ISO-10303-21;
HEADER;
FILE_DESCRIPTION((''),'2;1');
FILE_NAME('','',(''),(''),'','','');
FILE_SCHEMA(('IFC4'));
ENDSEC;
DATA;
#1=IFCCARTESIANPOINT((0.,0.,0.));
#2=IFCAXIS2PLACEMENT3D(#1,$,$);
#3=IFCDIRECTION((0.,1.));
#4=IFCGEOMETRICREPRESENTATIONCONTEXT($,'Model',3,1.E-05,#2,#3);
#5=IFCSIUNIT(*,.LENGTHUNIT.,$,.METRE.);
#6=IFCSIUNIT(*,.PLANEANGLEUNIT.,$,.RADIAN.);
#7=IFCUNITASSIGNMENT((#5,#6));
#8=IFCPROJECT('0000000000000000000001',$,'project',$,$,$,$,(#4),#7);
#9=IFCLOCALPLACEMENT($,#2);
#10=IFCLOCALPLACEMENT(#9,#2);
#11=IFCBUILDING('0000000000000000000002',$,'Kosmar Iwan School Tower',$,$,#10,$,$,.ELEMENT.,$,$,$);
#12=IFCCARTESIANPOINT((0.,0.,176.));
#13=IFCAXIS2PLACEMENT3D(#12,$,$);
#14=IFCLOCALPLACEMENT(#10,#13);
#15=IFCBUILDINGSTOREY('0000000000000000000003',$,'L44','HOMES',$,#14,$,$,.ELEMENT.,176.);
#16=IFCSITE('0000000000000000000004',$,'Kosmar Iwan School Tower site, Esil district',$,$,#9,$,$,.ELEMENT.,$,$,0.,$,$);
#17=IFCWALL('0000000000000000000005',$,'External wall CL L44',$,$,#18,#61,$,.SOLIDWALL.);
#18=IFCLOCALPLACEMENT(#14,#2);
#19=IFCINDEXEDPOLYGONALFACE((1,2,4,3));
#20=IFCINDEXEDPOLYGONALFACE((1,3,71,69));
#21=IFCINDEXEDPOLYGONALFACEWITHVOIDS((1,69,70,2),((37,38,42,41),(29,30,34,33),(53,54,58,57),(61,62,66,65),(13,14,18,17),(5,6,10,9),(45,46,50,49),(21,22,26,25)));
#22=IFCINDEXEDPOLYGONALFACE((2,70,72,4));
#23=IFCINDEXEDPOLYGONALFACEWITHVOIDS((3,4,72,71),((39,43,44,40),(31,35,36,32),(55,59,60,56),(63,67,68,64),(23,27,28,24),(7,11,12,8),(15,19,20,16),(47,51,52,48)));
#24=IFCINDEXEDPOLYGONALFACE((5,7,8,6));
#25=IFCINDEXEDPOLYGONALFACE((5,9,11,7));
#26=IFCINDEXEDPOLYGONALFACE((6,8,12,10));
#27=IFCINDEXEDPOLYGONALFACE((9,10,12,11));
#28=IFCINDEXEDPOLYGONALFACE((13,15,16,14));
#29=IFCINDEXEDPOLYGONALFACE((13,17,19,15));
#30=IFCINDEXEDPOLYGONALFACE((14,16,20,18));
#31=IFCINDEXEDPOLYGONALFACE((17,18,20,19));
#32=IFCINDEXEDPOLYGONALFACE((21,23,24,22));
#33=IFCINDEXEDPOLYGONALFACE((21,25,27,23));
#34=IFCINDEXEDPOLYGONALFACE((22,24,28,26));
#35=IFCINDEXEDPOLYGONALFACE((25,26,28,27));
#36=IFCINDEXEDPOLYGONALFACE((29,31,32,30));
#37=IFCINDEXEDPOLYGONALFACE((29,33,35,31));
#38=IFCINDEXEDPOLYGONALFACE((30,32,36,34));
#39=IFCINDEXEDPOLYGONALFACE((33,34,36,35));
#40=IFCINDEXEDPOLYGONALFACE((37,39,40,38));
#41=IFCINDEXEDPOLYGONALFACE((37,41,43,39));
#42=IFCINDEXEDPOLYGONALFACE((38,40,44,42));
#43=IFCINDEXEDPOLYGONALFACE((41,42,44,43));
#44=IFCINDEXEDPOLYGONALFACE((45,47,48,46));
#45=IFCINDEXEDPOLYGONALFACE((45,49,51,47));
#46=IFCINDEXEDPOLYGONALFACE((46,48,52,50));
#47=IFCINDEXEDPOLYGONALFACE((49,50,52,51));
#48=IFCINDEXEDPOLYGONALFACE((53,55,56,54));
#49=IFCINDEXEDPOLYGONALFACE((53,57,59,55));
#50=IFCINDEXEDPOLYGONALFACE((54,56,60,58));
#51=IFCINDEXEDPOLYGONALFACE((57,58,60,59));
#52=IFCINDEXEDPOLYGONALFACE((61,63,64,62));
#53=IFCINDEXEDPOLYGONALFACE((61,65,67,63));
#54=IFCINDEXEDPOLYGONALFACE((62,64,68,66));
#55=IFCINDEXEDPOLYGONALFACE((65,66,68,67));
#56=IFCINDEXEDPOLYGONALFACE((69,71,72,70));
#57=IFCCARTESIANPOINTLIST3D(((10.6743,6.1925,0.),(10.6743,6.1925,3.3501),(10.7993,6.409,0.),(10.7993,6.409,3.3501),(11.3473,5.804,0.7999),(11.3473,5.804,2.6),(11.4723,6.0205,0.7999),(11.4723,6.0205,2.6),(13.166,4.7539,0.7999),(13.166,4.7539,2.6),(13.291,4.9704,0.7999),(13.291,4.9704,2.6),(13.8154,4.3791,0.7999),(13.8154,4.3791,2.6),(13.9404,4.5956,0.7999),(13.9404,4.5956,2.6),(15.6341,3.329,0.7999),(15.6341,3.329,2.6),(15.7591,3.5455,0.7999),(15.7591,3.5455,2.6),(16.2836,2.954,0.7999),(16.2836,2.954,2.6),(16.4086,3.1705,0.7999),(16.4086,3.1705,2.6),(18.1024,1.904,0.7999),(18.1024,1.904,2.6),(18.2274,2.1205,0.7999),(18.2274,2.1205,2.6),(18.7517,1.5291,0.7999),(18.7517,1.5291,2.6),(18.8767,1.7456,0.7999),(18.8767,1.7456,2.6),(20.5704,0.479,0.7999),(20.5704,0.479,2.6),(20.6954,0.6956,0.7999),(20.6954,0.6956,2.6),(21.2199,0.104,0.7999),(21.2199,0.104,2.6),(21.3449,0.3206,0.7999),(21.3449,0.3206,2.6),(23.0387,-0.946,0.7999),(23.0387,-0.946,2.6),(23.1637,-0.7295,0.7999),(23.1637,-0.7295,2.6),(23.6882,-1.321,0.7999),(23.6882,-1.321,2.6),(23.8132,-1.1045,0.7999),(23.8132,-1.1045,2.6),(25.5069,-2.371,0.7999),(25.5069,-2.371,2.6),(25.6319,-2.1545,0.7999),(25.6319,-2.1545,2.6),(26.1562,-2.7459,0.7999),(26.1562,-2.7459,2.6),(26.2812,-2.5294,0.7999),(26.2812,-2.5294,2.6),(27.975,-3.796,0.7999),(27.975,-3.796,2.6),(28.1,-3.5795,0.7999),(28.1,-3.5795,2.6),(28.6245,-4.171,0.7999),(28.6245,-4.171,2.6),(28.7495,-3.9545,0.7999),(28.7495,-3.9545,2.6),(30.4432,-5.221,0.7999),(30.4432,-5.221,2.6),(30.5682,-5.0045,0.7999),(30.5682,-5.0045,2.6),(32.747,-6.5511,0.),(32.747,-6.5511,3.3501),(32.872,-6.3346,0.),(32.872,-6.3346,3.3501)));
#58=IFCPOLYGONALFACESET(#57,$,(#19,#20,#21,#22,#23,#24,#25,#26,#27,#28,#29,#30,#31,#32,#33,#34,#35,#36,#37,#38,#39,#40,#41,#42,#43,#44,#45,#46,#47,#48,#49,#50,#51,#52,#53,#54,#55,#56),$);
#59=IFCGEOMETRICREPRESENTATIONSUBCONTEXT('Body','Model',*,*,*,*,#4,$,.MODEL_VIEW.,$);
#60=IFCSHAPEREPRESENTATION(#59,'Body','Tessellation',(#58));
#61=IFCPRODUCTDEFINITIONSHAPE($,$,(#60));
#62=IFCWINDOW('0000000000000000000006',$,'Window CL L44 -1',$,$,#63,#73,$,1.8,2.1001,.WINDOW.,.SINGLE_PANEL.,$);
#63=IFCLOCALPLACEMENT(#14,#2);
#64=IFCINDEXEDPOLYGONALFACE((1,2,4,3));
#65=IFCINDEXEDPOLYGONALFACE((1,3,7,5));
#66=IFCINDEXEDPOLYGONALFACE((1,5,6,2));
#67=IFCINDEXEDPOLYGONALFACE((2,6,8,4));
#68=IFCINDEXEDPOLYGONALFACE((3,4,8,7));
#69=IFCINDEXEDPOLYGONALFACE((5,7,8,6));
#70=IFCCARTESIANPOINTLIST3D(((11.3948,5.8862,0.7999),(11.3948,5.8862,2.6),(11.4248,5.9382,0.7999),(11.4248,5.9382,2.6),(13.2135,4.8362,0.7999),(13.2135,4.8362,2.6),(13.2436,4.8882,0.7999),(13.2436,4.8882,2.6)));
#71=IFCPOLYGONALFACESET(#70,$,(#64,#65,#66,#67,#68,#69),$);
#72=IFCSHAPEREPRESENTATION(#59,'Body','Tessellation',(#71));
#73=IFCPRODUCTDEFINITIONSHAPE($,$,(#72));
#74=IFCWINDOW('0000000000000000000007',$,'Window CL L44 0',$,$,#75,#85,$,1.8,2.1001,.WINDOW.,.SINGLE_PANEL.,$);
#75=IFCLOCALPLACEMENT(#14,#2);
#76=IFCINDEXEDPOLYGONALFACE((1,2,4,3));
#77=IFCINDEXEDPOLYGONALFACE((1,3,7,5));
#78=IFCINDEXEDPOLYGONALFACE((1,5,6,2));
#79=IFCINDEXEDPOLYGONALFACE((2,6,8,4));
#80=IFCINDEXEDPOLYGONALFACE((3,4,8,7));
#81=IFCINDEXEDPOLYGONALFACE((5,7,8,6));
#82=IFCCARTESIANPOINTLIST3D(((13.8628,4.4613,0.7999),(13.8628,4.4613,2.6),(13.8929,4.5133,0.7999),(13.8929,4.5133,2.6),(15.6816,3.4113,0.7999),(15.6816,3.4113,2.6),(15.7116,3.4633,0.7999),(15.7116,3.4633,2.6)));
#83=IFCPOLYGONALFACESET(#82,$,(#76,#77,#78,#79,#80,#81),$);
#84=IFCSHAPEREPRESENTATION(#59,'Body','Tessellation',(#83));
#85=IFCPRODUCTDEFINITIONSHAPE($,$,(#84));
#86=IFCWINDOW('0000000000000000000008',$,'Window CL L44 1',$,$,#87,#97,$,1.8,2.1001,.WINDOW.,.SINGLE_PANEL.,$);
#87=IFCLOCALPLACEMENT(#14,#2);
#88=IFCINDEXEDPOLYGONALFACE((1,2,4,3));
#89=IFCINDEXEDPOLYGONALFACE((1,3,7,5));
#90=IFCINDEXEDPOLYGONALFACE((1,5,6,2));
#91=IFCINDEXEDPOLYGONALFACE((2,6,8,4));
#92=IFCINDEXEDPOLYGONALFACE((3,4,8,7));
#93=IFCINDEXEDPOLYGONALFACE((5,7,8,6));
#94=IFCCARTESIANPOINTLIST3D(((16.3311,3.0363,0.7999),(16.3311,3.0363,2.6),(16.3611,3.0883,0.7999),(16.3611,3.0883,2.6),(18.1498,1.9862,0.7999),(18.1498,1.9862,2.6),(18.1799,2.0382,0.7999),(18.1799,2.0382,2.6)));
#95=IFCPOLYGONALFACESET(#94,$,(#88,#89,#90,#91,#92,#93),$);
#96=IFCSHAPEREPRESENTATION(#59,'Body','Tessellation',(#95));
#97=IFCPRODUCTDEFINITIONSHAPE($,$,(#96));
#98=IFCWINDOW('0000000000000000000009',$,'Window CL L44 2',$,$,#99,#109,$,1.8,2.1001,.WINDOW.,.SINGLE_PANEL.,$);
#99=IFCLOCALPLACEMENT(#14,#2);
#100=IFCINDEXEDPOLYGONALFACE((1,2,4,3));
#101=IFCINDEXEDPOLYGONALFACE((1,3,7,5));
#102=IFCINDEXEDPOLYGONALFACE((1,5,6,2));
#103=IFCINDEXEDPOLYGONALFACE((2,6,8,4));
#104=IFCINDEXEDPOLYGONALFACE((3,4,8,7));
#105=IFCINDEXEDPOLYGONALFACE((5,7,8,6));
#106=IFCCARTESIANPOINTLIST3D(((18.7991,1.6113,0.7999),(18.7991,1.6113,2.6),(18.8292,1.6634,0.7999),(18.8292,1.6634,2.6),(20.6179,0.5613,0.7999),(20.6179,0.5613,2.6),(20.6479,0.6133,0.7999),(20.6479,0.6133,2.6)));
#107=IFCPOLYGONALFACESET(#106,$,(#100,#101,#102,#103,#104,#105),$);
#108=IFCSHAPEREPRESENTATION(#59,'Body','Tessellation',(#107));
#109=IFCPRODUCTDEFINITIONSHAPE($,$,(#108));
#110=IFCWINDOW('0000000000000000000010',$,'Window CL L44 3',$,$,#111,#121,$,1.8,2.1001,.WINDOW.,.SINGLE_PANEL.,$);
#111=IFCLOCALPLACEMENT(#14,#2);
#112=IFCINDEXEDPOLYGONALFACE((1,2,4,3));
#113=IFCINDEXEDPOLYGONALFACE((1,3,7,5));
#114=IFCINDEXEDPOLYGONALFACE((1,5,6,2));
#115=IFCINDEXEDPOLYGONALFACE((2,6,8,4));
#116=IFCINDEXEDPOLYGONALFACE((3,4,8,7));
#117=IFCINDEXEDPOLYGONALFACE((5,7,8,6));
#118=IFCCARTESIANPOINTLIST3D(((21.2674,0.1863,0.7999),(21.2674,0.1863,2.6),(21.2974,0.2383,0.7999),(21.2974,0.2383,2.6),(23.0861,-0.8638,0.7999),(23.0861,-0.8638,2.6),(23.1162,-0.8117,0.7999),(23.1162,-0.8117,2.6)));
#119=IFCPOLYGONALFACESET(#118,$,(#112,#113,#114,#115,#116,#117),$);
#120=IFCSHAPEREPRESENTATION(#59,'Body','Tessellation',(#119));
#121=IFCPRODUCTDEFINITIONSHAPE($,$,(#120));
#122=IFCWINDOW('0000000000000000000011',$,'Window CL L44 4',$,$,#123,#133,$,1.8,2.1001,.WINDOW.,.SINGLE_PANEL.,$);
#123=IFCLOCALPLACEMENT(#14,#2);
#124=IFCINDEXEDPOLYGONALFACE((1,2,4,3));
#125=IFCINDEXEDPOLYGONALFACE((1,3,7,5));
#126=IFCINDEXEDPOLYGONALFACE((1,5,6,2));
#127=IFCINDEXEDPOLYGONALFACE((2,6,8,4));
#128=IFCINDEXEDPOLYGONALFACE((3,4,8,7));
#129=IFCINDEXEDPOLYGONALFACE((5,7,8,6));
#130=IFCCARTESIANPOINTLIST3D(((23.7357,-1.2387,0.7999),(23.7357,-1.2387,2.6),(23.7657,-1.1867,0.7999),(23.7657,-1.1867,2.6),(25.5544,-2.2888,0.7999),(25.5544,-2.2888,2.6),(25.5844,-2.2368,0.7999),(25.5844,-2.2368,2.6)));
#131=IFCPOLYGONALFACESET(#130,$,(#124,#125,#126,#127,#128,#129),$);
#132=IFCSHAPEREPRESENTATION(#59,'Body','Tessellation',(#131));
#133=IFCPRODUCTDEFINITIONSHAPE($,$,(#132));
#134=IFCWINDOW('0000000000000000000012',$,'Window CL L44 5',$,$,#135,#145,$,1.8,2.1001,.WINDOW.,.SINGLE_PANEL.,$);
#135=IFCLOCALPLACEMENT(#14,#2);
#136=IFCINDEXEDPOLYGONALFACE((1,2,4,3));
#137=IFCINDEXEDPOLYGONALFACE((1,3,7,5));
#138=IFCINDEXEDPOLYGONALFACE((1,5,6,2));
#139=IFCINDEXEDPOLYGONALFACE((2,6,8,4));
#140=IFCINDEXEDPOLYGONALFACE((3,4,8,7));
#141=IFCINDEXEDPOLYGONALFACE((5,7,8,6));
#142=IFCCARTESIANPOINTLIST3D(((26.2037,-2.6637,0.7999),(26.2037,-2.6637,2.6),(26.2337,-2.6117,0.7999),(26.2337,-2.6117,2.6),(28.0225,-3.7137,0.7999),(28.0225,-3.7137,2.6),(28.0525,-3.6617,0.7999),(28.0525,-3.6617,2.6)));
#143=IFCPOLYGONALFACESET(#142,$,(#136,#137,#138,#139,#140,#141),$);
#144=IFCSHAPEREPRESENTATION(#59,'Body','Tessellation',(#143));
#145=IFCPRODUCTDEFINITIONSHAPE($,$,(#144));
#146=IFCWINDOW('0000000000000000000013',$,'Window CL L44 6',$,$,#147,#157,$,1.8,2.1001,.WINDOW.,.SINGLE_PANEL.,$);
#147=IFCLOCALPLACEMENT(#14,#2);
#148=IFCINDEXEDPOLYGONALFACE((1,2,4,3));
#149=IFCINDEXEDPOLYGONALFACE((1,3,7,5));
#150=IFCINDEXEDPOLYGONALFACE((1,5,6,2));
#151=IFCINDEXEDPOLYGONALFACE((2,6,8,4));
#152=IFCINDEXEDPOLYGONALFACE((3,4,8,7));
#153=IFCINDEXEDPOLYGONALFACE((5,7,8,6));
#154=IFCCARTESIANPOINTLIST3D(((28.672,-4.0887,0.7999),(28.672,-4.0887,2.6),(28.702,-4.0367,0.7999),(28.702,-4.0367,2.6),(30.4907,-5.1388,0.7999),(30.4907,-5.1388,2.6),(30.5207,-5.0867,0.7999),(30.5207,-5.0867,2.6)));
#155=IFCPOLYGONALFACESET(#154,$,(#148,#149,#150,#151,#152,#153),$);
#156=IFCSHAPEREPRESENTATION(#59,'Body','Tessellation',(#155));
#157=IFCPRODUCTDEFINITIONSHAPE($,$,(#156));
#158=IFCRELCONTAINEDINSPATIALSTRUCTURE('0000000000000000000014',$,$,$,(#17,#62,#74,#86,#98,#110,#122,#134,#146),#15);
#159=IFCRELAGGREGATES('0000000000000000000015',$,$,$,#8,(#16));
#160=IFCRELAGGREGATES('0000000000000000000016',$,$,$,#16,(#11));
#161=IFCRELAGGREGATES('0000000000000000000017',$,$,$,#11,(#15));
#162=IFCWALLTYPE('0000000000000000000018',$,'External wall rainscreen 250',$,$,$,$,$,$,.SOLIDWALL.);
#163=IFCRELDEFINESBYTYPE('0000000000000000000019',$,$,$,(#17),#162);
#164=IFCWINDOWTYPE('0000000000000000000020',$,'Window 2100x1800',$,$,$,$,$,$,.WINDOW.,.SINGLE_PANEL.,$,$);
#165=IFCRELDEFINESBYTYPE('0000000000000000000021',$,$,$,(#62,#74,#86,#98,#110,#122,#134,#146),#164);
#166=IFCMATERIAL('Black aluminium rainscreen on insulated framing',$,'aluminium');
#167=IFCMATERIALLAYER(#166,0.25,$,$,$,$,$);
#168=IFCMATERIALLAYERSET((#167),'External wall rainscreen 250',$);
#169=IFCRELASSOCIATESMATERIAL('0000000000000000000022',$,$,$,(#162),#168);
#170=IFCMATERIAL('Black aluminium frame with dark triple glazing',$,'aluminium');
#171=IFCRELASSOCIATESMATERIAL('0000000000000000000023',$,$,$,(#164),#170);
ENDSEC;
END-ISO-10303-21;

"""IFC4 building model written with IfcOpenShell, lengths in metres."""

from ifc_helpers import new_model, si_unit, direction, frame, frame_2d, origin, place, context, subcontext, project, spatial, rectangle, extrude, material, layer, layer_set, type_object, element, fill, save


model = new_model("IFC4")

# Units and contexts
model_context = context("Model", 3, precision=1e-05, world=origin(), true_north=direction((0.0, 1.0)))
body_context = subcontext(model_context, "Body", "Model", "MODEL_VIEW")
ifc_project = project(units=[si_unit("LENGTHUNIT", "METRE"), si_unit("PLANEANGLEUNIT", "RADIAN")], contexts=[model_context])

# Site, building, storey
site_placement = place(None, origin())
site = spatial("IfcSite", under=ifc_project, at=site_placement, Name="Kosmar Iwan School Tower site, Esil district", CompositionType="ELEMENT", RefElevation=0.0)
building_placement = place(site_placement, origin())
building = spatial("IfcBuilding", under=site, at=building_placement, Name="Kosmar Iwan School Tower", CompositionType="ELEMENT")
storey_placement = place(building_placement, frame((0.0, 0.0, 176.0)))
storey = spatial("IfcBuildingStorey", under=building, at=storey_placement, Name="L44", Description="HOMES", CompositionType="ELEMENT", Elevation=176.0)

# Wall, openings, windows
ifc_material_1 = material(Name="Black aluminium rainscreen on insulated framing", Category="aluminium")
ifc_layer = layer(ifc_material_1, 0.25)
ifc_layer_set = layer_set([ifc_layer], Name="External wall rainscreen 250")
wall_type = type_object("IfcWallType", Name="External wall rainscreen 250", PredefinedType="SOLIDWALL", material=ifc_layer_set)
wall_1_placement = place(storey_placement, frame((10.7368, 6.3008, 0.0), z_axis=(0.0, 0.0, 1.0), x_axis=(0.866026, -0.499998, 0.0)))
wall_1 = element("IfcWall", 1, at=wall_1_placement, inside=storey, type_object=wall_type, Name="External wall CL L44", PredefinedType="SOLIDWALL", context=body_context, shape_type="SweptSolid", body=[
    extrude(rectangle(XDim=25.4873, YDim=0.25, at=frame_2d((12.7437, 0.0))), origin(), (0.0, 0.0, 1.0), 3.3501),
])
opening_1_placement = place(wall_1_placement, frame((0.7771, 0.0, 0.8)))
opening_1 = element("IfcOpeningElement", 2, at=opening_1_placement, cuts=wall_1, PredefinedType="OPENING", context=body_context, shape_type="SweptSolid", body=[
    extrude(rectangle(XDim=2.1001, YDim=1.8, at=frame_2d((1.05, 0.8999))), frame((0.0, 0.137, 0.0), z_axis=(0.0, -1.0, 0.0), x_axis=(1.0, 0.0, 0.0)), (0.0, 0.0, 1.0), 0.2739),
])
opening_2_placement = place(wall_1_placement, frame((3.627, 0.0, 0.8)))
opening_2 = element("IfcOpeningElement", 3, at=opening_2_placement, cuts=wall_1, PredefinedType="OPENING", context=body_context, shape_type="SweptSolid", body=[
    extrude(rectangle(XDim=2.1001, YDim=1.8, at=frame_2d((1.05, 0.8999))), frame((0.0, 0.137, 0.0), z_axis=(0.0, -1.0, 0.0), x_axis=(1.0, 0.0, 0.0)), (0.0, 0.0, 1.0), 0.2739),
])
opening_3_placement = place(wall_1_placement, frame((6.4771, 0.0, 0.8)))
opening_3 = element("IfcOpeningElement", 4, at=opening_3_placement, cuts=wall_1, PredefinedType="OPENING", context=body_context, shape_type="SweptSolid", body=[
    extrude(rectangle(XDim=2.1001, YDim=1.8, at=frame_2d((1.05, 0.8999))), frame((0.0, 0.137, 0.0), z_axis=(0.0, -1.0, 0.0), x_axis=(1.0, 0.0, 0.0)), (0.0, 0.0, 1.0), 0.2739),
])
opening_4_placement = place(wall_1_placement, frame((9.3269, 0.0, 0.8)))
opening_4 = element("IfcOpeningElement", 5, at=opening_4_placement, cuts=wall_1, PredefinedType="OPENING", context=body_context, shape_type="SweptSolid", body=[
    extrude(rectangle(XDim=2.1001, YDim=1.8, at=frame_2d((1.05, 0.8999))), frame((0.0, 0.137, 0.0), z_axis=(0.0, -1.0, 0.0), x_axis=(1.0, 0.0, 0.0)), (0.0, 0.0, 1.0), 0.2739),
])
opening_5_placement = place(wall_1_placement, frame((12.177, 0.0, 0.8)))
opening_5 = element("IfcOpeningElement", 6, at=opening_5_placement, cuts=wall_1, PredefinedType="OPENING", context=body_context, shape_type="SweptSolid", body=[
    extrude(rectangle(XDim=2.1001, YDim=1.8, at=frame_2d((1.05, 0.8999))), frame((0.0, 0.137, 0.0), z_axis=(0.0, -1.0, 0.0), x_axis=(1.0, 0.0, 0.0)), (0.0, 0.0, 1.0), 0.2739),
])
opening_6_placement = place(wall_1_placement, frame((15.0271, 0.0, 0.8)))
opening_6 = element("IfcOpeningElement", 7, at=opening_6_placement, cuts=wall_1, PredefinedType="OPENING", context=body_context, shape_type="SweptSolid", body=[
    extrude(rectangle(XDim=2.1001, YDim=1.8, at=frame_2d((1.05, 0.8999))), frame((0.0, 0.137, 0.0), z_axis=(0.0, -1.0, 0.0), x_axis=(1.0, 0.0, 0.0)), (0.0, 0.0, 1.0), 0.2739),
])
opening_7_placement = place(wall_1_placement, frame((17.877, 0.0, 0.8)))
opening_7 = element("IfcOpeningElement", 8, at=opening_7_placement, cuts=wall_1, PredefinedType="OPENING", context=body_context, shape_type="SweptSolid", body=[
    extrude(rectangle(XDim=2.1001, YDim=1.8, at=frame_2d((1.05, 0.8999))), frame((0.0, 0.137, 0.0), z_axis=(0.0, -1.0, 0.0), x_axis=(1.0, 0.0, 0.0)), (0.0, 0.0, 1.0), 0.2739),
])
opening_8_placement = place(wall_1_placement, frame((20.7271, 0.0, 0.8)))
opening_8 = element("IfcOpeningElement", 9, at=opening_8_placement, cuts=wall_1, PredefinedType="OPENING", context=body_context, shape_type="SweptSolid", body=[
    extrude(rectangle(XDim=2.1001, YDim=1.8, at=frame_2d((1.05, 0.8999))), frame((0.0, 0.137, 0.0), z_axis=(0.0, -1.0, 0.0), x_axis=(1.0, 0.0, 0.0)), (0.0, 0.0, 1.0), 0.2739),
])
ifc_material_2 = material(Name="Black aluminium frame with dark triple glazing", Category="aluminium")
window_type = type_object("IfcWindowType", Name="Window 2100x1800", PartitioningType="SINGLE_PANEL", PredefinedType="WINDOW", material=ifc_material_2)
window_1_placement = place(opening_1_placement, origin())
window_1 = element("IfcWindow", 10, at=window_1_placement, inside=storey, type_object=window_type, Name="Window CL L44 -1", OverallHeight=1.8, OverallWidth=2.1001, PartitioningType="SINGLE_PANEL", PredefinedType="WINDOW", context=body_context, shape_type="SweptSolid", body=[
    extrude(rectangle(XDim=2.1001, YDim=1.8, at=frame_2d((1.05, 0.8999))), frame((0.0, 0.03, 0.0), z_axis=(0.0, -1.0, 0.0), x_axis=(1.0, 0.0, 0.0)), (0.0, 0.0, 1.0), 0.0601),
])
fill(opening_1, window_1)
window_2_placement = place(opening_2_placement, origin())
window_2 = element("IfcWindow", 11, at=window_2_placement, inside=storey, type_object=window_type, Name="Window CL L44 0", OverallHeight=1.8, OverallWidth=2.1001, PartitioningType="SINGLE_PANEL", PredefinedType="WINDOW", context=body_context, shape_type="SweptSolid", body=[
    extrude(rectangle(XDim=2.1001, YDim=1.8, at=frame_2d((1.05, 0.8999))), frame((0.0, 0.03, 0.0), z_axis=(0.0, -1.0, 0.0), x_axis=(1.0, 0.0, 0.0)), (0.0, 0.0, 1.0), 0.0601),
])
fill(opening_2, window_2)
window_3_placement = place(opening_3_placement, origin())
window_3 = element("IfcWindow", 12, at=window_3_placement, inside=storey, type_object=window_type, Name="Window CL L44 1", OverallHeight=1.8, OverallWidth=2.1001, PartitioningType="SINGLE_PANEL", PredefinedType="WINDOW", context=body_context, shape_type="SweptSolid", body=[
    extrude(rectangle(XDim=2.1001, YDim=1.8, at=frame_2d((1.05, 0.8999))), frame((0.0, 0.03, 0.0), z_axis=(0.0, -1.0, 0.0), x_axis=(1.0, 0.0, 0.0)), (0.0, 0.0, 1.0), 0.0601),
])
fill(opening_3, window_3)
window_4_placement = place(opening_4_placement, origin())
window_4 = element("IfcWindow", 13, at=window_4_placement, inside=storey, type_object=window_type, Name="Window CL L44 2", OverallHeight=1.8, OverallWidth=2.1001, PartitioningType="SINGLE_PANEL", PredefinedType="WINDOW", context=body_context, shape_type="SweptSolid", body=[
    extrude(rectangle(XDim=2.1001, YDim=1.8, at=frame_2d((1.05, 0.8999))), frame((0.0, 0.03, 0.0), z_axis=(0.0, -1.0, 0.0), x_axis=(1.0, 0.0, 0.0)), (0.0, 0.0, 1.0), 0.0601),
])
fill(opening_4, window_4)
window_5_placement = place(opening_5_placement, origin())
window_5 = element("IfcWindow", 14, at=window_5_placement, inside=storey, type_object=window_type, Name="Window CL L44 3", OverallHeight=1.8, OverallWidth=2.1001, PartitioningType="SINGLE_PANEL", PredefinedType="WINDOW", context=body_context, shape_type="SweptSolid", body=[
    extrude(rectangle(XDim=2.1001, YDim=1.8, at=frame_2d((1.05, 0.8999))), frame((0.0, 0.03, 0.0), z_axis=(0.0, -1.0, 0.0), x_axis=(1.0, 0.0, 0.0)), (0.0, 0.0, 1.0), 0.0601),
])
fill(opening_5, window_5)
window_6_placement = place(opening_6_placement, origin())
window_6 = element("IfcWindow", 15, at=window_6_placement, inside=storey, type_object=window_type, Name="Window CL L44 4", OverallHeight=1.8, OverallWidth=2.1001, PartitioningType="SINGLE_PANEL", PredefinedType="WINDOW", context=body_context, shape_type="SweptSolid", body=[
    extrude(rectangle(XDim=2.1001, YDim=1.8, at=frame_2d((1.05, 0.8999))), frame((0.0, 0.03, 0.0), z_axis=(0.0, -1.0, 0.0), x_axis=(1.0, 0.0, 0.0)), (0.0, 0.0, 1.0), 0.0601),
])
fill(opening_6, window_6)
window_7_placement = place(opening_7_placement, origin())
window_7 = element("IfcWindow", 16, at=window_7_placement, inside=storey, type_object=window_type, Name="Window CL L44 5", OverallHeight=1.8, OverallWidth=2.1001, PartitioningType="SINGLE_PANEL", PredefinedType="WINDOW", context=body_context, shape_type="SweptSolid", body=[
    extrude(rectangle(XDim=2.1001, YDim=1.8, at=frame_2d((1.05, 0.8999))), frame((0.0, 0.03, 0.0), z_axis=(0.0, -1.0, 0.0), x_axis=(1.0, 0.0, 0.0)), (0.0, 0.0, 1.0), 0.0601),
])
fill(opening_7, window_7)
window_8_placement = place(opening_8_placement, origin())
window_8 = element("IfcWindow", 17, at=window_8_placement, inside=storey, type_object=window_type, Name="Window CL L44 6", OverallHeight=1.8, OverallWidth=2.1001, PartitioningType="SINGLE_PANEL", PredefinedType="WINDOW", context=body_context, shape_type="SweptSolid", body=[
    extrude(rectangle(XDim=2.1001, YDim=1.8, at=frame_2d((1.05, 0.8999))), frame((0.0, 0.03, 0.0), z_axis=(0.0, -1.0, 0.0), x_axis=(1.0, 0.0, 0.0)), (0.0, 0.0, 1.0), 0.0601),
])
fill(opening_8, window_8)

save(model, "model.ifc")
